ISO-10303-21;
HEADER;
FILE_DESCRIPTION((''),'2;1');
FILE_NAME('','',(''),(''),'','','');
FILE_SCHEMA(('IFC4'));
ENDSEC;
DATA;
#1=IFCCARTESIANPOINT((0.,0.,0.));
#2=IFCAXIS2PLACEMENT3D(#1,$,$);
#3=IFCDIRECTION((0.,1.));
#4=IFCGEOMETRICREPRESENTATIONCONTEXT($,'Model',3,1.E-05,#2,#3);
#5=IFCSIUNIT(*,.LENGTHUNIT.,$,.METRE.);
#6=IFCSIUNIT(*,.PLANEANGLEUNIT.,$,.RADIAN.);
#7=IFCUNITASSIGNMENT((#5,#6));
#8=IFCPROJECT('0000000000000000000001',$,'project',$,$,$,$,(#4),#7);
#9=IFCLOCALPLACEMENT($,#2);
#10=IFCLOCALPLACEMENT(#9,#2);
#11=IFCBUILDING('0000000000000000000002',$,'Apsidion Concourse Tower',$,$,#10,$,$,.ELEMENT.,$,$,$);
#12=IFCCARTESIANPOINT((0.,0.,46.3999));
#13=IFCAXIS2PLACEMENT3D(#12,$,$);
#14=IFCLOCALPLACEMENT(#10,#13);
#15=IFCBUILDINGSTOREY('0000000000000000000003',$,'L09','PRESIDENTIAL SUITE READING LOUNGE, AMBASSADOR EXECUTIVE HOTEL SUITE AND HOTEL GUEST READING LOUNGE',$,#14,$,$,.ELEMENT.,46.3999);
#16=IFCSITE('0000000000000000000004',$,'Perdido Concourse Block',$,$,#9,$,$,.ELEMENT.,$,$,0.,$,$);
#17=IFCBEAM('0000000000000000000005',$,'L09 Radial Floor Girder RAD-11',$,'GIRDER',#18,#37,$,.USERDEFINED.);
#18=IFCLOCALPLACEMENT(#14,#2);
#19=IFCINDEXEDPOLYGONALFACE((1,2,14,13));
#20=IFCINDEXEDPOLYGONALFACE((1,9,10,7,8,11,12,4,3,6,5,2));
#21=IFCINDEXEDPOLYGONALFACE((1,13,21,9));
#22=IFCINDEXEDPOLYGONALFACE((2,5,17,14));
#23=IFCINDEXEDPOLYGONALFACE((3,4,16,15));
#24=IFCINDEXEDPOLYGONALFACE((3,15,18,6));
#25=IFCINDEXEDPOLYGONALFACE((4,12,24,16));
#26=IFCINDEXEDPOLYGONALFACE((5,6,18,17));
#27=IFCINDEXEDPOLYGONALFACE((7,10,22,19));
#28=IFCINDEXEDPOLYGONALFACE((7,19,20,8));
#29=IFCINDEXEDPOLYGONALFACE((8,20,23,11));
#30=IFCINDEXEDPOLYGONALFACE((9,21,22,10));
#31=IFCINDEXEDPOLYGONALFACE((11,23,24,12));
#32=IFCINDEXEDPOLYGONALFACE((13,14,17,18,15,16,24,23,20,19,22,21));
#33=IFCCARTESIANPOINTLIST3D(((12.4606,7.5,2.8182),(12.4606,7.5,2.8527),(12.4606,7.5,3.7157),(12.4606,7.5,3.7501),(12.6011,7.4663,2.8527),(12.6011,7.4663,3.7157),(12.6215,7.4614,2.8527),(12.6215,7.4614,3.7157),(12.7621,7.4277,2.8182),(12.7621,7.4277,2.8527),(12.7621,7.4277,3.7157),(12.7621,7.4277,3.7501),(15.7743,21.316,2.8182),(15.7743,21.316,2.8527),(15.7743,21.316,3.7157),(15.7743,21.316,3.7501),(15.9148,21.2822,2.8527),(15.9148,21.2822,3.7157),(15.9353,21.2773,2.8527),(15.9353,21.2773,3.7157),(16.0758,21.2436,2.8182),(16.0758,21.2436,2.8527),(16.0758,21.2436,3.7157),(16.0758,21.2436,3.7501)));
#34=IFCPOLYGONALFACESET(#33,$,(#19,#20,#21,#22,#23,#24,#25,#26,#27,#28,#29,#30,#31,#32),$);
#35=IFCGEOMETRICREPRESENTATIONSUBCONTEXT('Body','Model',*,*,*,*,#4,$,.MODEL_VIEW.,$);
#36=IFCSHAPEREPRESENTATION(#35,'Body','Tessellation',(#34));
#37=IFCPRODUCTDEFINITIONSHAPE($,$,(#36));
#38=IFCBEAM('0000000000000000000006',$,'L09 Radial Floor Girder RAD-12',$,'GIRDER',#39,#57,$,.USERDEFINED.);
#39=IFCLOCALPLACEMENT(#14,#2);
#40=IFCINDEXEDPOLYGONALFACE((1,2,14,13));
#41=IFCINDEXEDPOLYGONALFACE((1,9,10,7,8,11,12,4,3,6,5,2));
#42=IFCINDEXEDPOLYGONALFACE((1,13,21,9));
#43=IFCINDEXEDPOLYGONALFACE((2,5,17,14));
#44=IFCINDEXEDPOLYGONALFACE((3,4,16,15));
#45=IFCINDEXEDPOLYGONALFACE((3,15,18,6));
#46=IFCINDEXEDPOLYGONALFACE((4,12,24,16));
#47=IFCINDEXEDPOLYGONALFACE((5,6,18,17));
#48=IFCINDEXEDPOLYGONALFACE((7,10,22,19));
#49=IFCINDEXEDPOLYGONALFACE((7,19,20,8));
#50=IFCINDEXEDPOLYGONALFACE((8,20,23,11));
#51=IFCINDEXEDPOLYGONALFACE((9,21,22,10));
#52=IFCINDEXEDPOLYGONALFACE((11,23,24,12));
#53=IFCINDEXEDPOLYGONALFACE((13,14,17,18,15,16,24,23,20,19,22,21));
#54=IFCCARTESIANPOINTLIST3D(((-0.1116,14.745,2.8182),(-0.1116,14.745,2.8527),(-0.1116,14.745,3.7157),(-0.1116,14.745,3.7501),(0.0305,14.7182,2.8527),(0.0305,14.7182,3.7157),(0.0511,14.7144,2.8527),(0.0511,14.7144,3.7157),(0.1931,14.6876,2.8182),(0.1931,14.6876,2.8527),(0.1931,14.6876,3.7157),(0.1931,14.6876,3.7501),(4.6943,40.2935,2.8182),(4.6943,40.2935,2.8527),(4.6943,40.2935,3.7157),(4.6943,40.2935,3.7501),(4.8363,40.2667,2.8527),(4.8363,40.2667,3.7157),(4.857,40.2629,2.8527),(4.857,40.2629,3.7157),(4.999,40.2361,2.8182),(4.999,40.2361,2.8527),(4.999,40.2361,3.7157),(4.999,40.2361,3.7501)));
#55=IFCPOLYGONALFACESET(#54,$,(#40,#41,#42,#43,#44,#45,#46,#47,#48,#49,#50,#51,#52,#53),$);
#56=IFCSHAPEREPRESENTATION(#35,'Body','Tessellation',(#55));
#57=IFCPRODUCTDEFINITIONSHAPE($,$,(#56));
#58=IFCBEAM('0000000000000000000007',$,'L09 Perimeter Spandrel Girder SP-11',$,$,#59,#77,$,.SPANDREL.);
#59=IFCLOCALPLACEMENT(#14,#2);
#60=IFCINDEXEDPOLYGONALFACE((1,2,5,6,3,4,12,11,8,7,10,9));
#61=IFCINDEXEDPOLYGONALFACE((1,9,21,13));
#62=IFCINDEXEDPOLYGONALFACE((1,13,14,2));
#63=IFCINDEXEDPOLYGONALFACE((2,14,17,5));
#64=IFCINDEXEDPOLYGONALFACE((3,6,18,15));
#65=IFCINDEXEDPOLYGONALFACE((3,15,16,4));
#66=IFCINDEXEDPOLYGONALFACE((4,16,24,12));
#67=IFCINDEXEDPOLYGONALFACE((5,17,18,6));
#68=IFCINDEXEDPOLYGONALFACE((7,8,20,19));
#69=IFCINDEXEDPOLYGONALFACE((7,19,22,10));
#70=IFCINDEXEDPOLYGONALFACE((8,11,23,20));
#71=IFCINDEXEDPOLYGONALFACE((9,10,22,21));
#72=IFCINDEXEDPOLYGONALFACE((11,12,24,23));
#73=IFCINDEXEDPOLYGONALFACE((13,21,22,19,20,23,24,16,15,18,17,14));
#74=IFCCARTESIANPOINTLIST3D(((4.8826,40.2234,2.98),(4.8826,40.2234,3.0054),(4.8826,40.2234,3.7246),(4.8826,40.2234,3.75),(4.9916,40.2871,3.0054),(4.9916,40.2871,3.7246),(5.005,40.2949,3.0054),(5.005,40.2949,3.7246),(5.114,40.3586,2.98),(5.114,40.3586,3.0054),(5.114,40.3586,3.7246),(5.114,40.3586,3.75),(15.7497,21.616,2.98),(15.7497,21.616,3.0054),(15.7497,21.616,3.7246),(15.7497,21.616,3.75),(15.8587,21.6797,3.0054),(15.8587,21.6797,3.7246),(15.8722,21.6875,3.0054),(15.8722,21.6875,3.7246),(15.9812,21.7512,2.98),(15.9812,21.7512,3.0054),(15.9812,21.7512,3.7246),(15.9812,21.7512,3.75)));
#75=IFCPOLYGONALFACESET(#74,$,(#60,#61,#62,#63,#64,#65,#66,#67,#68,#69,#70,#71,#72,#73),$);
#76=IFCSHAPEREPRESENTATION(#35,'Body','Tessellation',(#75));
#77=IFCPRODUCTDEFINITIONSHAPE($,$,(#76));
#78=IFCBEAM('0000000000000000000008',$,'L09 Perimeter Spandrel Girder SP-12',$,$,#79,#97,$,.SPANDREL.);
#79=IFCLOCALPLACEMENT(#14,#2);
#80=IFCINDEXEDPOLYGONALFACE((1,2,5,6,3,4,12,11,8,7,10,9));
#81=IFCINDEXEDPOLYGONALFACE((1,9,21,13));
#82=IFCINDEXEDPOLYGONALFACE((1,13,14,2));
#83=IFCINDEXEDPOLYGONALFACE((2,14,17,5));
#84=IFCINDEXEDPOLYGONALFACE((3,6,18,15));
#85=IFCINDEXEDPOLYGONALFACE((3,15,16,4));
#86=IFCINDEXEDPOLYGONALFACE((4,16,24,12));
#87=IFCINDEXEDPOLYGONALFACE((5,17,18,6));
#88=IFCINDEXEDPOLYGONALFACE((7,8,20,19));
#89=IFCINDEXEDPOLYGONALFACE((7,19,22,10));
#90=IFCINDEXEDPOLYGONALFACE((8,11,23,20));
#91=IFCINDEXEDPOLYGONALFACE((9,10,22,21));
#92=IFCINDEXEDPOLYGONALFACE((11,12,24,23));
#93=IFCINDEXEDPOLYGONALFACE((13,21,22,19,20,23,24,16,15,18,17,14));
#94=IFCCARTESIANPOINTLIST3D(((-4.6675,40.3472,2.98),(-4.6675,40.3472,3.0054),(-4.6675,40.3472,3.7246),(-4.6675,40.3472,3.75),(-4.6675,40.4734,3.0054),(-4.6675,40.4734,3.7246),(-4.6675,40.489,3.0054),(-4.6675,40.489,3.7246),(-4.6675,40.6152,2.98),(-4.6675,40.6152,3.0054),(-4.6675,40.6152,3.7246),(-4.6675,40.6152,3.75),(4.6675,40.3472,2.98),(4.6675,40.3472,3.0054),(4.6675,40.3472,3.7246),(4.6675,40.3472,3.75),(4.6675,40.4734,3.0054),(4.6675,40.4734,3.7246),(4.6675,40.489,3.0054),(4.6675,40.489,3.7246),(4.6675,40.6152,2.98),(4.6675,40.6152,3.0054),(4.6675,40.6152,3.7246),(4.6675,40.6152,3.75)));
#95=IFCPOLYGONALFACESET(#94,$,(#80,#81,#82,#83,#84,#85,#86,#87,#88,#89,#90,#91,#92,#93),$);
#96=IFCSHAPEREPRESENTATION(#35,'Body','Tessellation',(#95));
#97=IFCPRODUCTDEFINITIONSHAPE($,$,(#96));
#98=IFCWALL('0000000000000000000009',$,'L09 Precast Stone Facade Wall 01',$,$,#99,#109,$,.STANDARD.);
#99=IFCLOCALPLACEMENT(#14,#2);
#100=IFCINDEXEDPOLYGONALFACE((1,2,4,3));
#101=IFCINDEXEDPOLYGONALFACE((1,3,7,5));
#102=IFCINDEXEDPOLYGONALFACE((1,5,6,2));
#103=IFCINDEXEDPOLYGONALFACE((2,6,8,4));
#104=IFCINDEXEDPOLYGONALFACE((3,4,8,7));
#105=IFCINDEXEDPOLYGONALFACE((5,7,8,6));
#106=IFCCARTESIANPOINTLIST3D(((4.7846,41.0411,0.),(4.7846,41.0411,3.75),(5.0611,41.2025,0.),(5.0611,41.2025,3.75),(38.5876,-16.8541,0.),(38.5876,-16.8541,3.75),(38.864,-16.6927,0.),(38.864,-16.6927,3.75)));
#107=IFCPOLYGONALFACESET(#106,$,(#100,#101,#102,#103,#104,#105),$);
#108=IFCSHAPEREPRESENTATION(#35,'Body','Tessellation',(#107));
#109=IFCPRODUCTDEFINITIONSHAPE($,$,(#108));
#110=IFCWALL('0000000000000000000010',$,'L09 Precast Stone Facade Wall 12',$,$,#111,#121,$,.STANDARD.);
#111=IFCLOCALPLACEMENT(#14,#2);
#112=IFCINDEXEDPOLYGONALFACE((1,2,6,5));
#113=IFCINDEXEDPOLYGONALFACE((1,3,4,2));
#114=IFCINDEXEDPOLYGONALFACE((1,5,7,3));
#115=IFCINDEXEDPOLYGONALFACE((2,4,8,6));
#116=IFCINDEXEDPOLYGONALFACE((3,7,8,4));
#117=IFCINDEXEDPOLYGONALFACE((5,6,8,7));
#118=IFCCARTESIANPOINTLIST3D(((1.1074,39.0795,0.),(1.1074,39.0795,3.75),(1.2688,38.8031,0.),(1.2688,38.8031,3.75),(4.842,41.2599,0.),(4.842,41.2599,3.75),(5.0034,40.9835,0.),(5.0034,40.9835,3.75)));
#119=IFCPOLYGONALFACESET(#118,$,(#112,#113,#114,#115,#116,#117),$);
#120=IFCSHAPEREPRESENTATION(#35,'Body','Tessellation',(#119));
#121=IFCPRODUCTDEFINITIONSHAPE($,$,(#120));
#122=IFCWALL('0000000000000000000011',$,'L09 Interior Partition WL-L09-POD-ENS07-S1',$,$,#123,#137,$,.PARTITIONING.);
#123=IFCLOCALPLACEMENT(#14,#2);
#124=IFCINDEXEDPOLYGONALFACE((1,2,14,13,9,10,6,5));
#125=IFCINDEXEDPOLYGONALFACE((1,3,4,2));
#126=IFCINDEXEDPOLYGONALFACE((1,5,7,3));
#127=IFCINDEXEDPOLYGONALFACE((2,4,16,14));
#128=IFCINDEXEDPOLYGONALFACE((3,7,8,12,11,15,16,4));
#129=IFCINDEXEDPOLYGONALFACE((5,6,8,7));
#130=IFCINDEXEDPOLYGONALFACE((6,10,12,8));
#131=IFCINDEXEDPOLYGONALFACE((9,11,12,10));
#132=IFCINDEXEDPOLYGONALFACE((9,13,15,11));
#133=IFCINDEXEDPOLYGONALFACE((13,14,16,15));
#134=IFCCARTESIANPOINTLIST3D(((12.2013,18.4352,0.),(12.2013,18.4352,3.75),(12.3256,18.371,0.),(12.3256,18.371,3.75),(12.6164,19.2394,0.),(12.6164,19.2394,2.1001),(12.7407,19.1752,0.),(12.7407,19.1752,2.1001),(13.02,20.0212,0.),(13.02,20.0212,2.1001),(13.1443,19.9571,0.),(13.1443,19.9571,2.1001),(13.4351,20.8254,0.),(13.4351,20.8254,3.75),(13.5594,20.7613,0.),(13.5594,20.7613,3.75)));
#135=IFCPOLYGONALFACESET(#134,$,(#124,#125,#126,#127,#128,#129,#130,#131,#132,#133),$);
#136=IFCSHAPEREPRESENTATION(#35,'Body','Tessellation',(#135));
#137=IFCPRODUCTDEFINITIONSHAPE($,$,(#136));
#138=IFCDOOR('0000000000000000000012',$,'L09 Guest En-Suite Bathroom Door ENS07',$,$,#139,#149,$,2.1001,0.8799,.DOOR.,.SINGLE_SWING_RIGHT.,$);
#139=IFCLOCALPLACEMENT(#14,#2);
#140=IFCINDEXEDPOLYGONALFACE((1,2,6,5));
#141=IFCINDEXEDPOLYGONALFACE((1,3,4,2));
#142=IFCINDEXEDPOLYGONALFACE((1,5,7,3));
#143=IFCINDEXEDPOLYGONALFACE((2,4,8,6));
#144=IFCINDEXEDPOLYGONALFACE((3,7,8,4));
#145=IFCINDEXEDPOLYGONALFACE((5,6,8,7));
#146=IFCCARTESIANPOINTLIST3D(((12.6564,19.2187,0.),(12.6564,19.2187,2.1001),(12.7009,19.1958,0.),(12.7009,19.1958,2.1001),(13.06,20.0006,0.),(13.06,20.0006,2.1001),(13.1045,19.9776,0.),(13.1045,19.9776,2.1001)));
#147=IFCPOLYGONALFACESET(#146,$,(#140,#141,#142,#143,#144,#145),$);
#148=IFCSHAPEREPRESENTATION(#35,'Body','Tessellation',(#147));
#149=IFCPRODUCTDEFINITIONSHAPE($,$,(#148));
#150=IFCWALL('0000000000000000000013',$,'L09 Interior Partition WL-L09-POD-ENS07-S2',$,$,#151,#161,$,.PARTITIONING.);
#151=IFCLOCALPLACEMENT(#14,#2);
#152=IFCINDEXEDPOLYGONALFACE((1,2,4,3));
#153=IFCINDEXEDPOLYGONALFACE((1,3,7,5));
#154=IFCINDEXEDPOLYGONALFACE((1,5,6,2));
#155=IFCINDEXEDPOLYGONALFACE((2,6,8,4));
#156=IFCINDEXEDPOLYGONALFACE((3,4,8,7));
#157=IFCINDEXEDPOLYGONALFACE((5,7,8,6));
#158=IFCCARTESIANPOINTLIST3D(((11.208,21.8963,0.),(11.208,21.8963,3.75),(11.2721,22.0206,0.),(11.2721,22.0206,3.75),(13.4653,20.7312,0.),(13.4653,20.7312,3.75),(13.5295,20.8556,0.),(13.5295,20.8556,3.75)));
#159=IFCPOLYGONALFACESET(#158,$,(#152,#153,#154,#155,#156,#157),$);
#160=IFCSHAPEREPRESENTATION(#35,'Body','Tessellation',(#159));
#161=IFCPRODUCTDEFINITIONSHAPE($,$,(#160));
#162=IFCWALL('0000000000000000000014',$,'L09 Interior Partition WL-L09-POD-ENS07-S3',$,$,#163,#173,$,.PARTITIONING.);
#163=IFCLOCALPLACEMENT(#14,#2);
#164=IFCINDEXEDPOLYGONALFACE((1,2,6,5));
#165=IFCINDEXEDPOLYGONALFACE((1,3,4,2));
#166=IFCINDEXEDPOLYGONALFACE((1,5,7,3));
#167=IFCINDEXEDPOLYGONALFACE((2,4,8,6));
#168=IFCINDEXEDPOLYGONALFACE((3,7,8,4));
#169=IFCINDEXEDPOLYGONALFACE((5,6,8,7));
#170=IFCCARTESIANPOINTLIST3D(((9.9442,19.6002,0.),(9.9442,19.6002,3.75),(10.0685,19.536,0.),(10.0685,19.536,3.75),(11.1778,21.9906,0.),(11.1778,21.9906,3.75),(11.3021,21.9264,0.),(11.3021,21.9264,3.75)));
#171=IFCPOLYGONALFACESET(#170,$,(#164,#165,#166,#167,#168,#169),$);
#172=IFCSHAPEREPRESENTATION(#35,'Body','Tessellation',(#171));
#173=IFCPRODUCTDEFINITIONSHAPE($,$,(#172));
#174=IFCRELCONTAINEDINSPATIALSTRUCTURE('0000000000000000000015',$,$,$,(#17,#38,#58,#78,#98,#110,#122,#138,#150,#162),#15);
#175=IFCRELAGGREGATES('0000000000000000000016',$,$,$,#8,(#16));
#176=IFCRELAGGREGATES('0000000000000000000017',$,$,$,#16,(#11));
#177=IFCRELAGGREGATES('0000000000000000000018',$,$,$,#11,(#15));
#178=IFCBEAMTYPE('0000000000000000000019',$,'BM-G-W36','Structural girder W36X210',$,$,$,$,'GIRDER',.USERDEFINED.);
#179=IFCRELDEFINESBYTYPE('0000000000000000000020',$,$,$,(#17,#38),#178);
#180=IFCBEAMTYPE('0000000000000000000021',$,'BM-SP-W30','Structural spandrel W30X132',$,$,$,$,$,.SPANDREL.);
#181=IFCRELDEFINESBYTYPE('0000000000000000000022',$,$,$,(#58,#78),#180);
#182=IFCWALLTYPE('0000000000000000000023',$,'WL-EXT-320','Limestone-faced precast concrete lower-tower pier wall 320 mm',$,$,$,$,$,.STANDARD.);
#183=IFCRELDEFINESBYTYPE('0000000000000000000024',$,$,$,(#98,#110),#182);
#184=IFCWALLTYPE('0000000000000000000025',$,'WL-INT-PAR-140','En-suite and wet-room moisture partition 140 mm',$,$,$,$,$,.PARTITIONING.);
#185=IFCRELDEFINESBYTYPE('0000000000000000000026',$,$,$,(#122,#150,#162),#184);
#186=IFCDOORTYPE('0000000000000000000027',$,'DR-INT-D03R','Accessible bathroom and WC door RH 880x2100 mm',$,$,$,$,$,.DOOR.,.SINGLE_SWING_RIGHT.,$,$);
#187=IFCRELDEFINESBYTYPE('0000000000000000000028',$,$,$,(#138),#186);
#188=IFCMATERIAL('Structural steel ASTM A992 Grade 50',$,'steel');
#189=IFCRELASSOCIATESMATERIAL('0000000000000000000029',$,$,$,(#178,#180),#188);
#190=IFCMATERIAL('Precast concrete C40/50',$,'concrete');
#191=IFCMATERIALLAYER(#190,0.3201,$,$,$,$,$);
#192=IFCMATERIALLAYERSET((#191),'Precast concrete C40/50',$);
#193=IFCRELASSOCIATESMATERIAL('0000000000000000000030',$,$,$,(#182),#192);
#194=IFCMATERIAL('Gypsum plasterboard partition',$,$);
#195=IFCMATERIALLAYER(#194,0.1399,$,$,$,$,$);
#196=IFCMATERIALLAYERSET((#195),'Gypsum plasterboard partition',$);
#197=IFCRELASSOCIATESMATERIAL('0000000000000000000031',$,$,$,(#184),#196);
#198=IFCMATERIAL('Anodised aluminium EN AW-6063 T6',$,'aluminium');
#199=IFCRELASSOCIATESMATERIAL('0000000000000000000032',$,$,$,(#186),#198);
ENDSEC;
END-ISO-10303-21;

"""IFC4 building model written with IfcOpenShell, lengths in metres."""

from ifc_helpers import new_model, si_unit, direction, frame, frame_2d, origin, origin_2d, place, context, subcontext, project, spatial, rectangle, i_section, extrude, material, layer, layer_set, material_profile, profile_set, type_object, element, fill, save


model = new_model("IFC4")

# Units and contexts
model_context = context("Model", 3, precision=1e-05, world=origin(), true_north=direction((0.0, 1.0)))
body_context = subcontext(model_context, "Body", "Model", "MODEL_VIEW")
ifc_project = project(units=[si_unit("LENGTHUNIT", "METRE"), si_unit("PLANEANGLEUNIT", "RADIAN")], contexts=[model_context])

# Site, building, storey
site_placement = place(None, origin())
site = spatial("IfcSite", under=ifc_project, at=site_placement, Name="Perdido Concourse Block", CompositionType="ELEMENT", RefElevation=0.0)
building_placement = place(site_placement, origin())
building = spatial("IfcBuilding", under=site, at=building_placement, Name="Apsidion Concourse Tower", CompositionType="ELEMENT")
storey_placement = place(building_placement, frame((0.0, 0.0, 46.3999)))
storey = spatial("IfcBuildingStorey", under=building, at=storey_placement, Name="L09", Description="PRESIDENTIAL SUITE READING LOUNGE, AMBASSADOR EXECUTIVE HOTEL SUITE AND HOTEL GUEST READING LOUNGE", CompositionType="ELEMENT", Elevation=46.3999)

# Beams
ifc_material_1 = material(Name="Structural steel ASTM A992 Grade 50", Category="steel")
ifc_material_profile_1 = material_profile(ifc_material_1, i_section(OverallWidth=0.3101, OverallDepth=0.9319, WebThickness=0.021, FlangeThickness=0.0344, at=origin_2d()), Name="W36X210")
ifc_profile_set_1 = profile_set([ifc_material_profile_1], Name="Structural steel ASTM A992 Grade 50")
beam_type_1 = type_object("IfcBeamType", Name="BM-G-W36", Description="Structural girder W36X210", ElementType="GIRDER", PredefinedType="USERDEFINED", material=ifc_profile_set_1)
beam_1_placement = place(storey_placement, frame((12.6113, 7.4639, 3.2842), z_axis=(0.233233, 0.972421, 0.0), x_axis=(-0.972421, 0.233233, 0.0)))
element("IfcBeam", 1, at=beam_1_placement, inside=storey, type_object=beam_type_1, Name="L09 Radial Floor Girder RAD-11", ObjectType="GIRDER", PredefinedType="USERDEFINED", context=body_context, shape_type="SweptSolid", body=[
    extrude(i_section(OverallWidth=0.3101, OverallDepth=0.9319, WebThickness=0.021, FlangeThickness=0.0344, at=origin_2d()), origin(), (0.0, 0.0, 1.0), 14.2078),
])
beam_2_placement = place(storey_placement, frame((0.0408, 14.7163, 3.2842), z_axis=(0.184866, 0.982764, 0.0), x_axis=(-0.982764, 0.184866, 0.0)))
element("IfcBeam", 2, at=beam_2_placement, inside=storey, type_object=beam_type_1, Name="L09 Radial Floor Girder RAD-12", ObjectType="GIRDER", PredefinedType="USERDEFINED", context=body_context, shape_type="SweptSolid", body=[
    extrude(i_section(OverallWidth=0.3101, OverallDepth=0.9319, WebThickness=0.021, FlangeThickness=0.0344, at=origin_2d()), origin(), (0.0, 0.0, 1.0), 25.9966),
])
ifc_material_profile_2 = material_profile(ifc_material_1, i_section(OverallWidth=0.2681, OverallDepth=0.77, WebThickness=0.0156, FlangeThickness=0.0254, at=origin_2d()), Name="W30X132")
ifc_profile_set_2 = profile_set([ifc_material_profile_2], Name="Structural steel ASTM A992 Grade 50")
beam_type_2 = type_object("IfcBeamType", Name="BM-SP-W30", Description="Structural spandrel W30X132", PredefinedType="SPANDREL", material=ifc_profile_set_2)
beam_3_placement = place(storey_placement, frame((15.8655, 21.6836, 3.365), z_axis=(-0.504316, 0.863519, 0.0), x_axis=(-0.863519, -0.504316, 0.0)))
element("IfcBeam", 3, at=beam_3_placement, inside=storey, type_object=beam_type_2, Name="L09 Perimeter Spandrel Girder SP-11", PredefinedType="SPANDREL", context=body_context, shape_type="SweptSolid", body=[
    extrude(i_section(OverallWidth=0.2681, OverallDepth=0.77, WebThickness=0.0156, FlangeThickness=0.0254, at=origin_2d()), origin(), (0.0, 0.0, 1.0), 21.5483),
])
beam_4_placement = place(storey_placement, frame((4.6675, 40.4812, 3.365), z_axis=(-1.0, 0.0, 0.0), x_axis=(0.0, -1.0, 0.0)))
element("IfcBeam", 4, at=beam_4_placement, inside=storey, type_object=beam_type_2, Name="L09 Perimeter Spandrel Girder SP-12", PredefinedType="SPANDREL", context=body_context, shape_type="SweptSolid", body=[
    extrude(i_section(OverallWidth=0.2681, OverallDepth=0.77, WebThickness=0.0156, FlangeThickness=0.0254, at=origin_2d()), origin(), (0.0, 0.0, 1.0), 9.335),
])

# Walls
ifc_material_2 = material(Name="Precast concrete C40/50", Category="concrete")
ifc_layer_1 = layer(ifc_material_2, 0.3201)
ifc_layer_set_1 = layer_set([ifc_layer_1], Name="Precast concrete C40/50")
wall_type_1 = type_object("IfcWallType", Name="WL-EXT-320", Description="Limestone-faced precast concrete lower-tower pier wall 320 mm", PredefinedType="STANDARD", material=ifc_layer_set_1)
wall_1_placement = place(storey_placement, frame((4.9229, 41.1218, 0.0), z_axis=(0.0, 0.0, 1.0), x_axis=(0.504213, -0.863579, 0.0)))
element("IfcWall", 5, at=wall_1_placement, inside=storey, type_object=wall_type_1, Name="L09 Precast Stone Facade Wall 01", PredefinedType="STANDARD", context=body_context, shape_type="SweptSolid", body=[
    extrude(rectangle(XDim=67.041, YDim=0.3201, at=frame_2d((33.5205, 0.0))), origin(), (0.0, 0.0, 1.0), 3.75),
])
wall_2_placement = place(storey_placement, frame((1.1882, 38.9414, 0.0), z_axis=(0.0, 0.0, 1.0), x_axis=(0.863588, 0.504197, 0.0)))
element("IfcWall", 6, at=wall_2_placement, inside=storey, type_object=wall_type_1, Name="L09 Precast Stone Facade Wall 12", PredefinedType="STANDARD", context=body_context, shape_type="SweptSolid", body=[
    extrude(rectangle(XDim=4.3245, YDim=0.3201, at=frame_2d((2.1621, 0.0))), origin(), (0.0, 0.0, 1.0), 3.75),
])

# Wall, opening, door
ifc_material_3 = material(Name="Gypsum plasterboard partition")
ifc_layer_2 = layer(ifc_material_3, 0.1399)
ifc_layer_set_2 = layer_set([ifc_layer_2], Name="Gypsum plasterboard partition")
wall_type_2 = type_object("IfcWallType", Name="WL-INT-PAR-140", Description="En-suite and wet-room moisture partition 140 mm", PredefinedType="PARTITIONING", material=ifc_layer_set_2)
wall_3_placement = place(storey_placement, frame((12.2634, 18.4031, 0.0), z_axis=(0.0, 0.0, 1.0), x_axis=(0.458685, 0.888599, 0.0)))
wall_3 = element("IfcWall", 7, at=wall_3_placement, inside=storey, type_object=wall_type_2, Name="L09 Interior Partition WL-L09-POD-ENS07-S1", PredefinedType="PARTITIONING", context=body_context, shape_type="SweptSolid", body=[
    extrude(rectangle(XDim=2.6899, YDim=0.1399, at=frame_2d((1.345, 0.0))), origin(), (0.0, 0.0, 1.0), 3.75),
])
opening_1_placement = place(wall_3_placement, frame((0.905, 0.0, 0.0)))
opening_1 = element("IfcOpeningElement", 8, at=opening_1_placement, cuts=wall_3, PredefinedType="OPENING", context=body_context, shape_type="SweptSolid", body=[
    extrude(rectangle(XDim=0.8799, YDim=2.1001, at=frame_2d((0.4399, 1.05))), frame((0.0, 0.0801, 0.0), z_axis=(0.0, -1.0, 0.0), x_axis=(1.0, 0.0, 0.0)), (0.0, 0.0, 1.0), 0.1599),
])
ifc_material_4 = material(Name="Anodised aluminium EN AW-6063 T6", Category="aluminium")
door_type_1 = type_object("IfcDoorType", Name="DR-INT-D03R", Description="Accessible bathroom and WC door RH 880x2100 mm", OperationType="SINGLE_SWING_RIGHT", PredefinedType="DOOR", material=ifc_material_4)
door_1_placement = place(opening_1_placement, origin())
door_1 = element("IfcDoor", 9, at=door_1_placement, inside=storey, type_object=door_type_1, Name="L09 Guest En-Suite Bathroom Door ENS07", OperationType="SINGLE_SWING_RIGHT", OverallHeight=2.1001, OverallWidth=0.8799, PredefinedType="DOOR", context=body_context, shape_type="SweptSolid", body=[
    extrude(rectangle(XDim=0.8799, YDim=2.1001, at=frame_2d((0.4399, 1.05))), frame((0.0, 0.0249, 0.0), z_axis=(0.0, -1.0, 0.0), x_axis=(1.0, 0.0, 0.0)), (0.0, 0.0, 1.0), 0.05),
])
fill(opening_1, door_1)

# Walls
wall_4_placement = place(storey_placement, frame((13.4973, 20.7935, 0.0), z_axis=(0.0, 0.0, 1.0), x_axis=(-0.888626, 0.458633, 0.0)))
element("IfcWall", 10, at=wall_4_placement, inside=storey, type_object=wall_type_2, Name="L09 Interior Partition WL-L09-POD-ENS07-S2", PredefinedType="PARTITIONING", context=body_context, shape_type="SweptSolid", body=[
    extrude(rectangle(XDim=2.5403, YDim=0.1399, at=frame_2d((1.27, 0.0))), origin(), (0.0, 0.0, 1.0), 3.75),
])
wall_5_placement = place(storey_placement, frame((11.24, 21.9585, 0.0), z_axis=(0.0, 0.0, 1.0), x_axis=(-0.458613, -0.888636, 0.0)))
element("IfcWall", 11, at=wall_5_placement, inside=storey, type_object=wall_type_2, Name="L09 Interior Partition WL-L09-POD-ENS07-S3", PredefinedType="PARTITIONING", context=body_context, shape_type="SweptSolid", body=[
    extrude(rectangle(XDim=2.6899, YDim=0.1399, at=frame_2d((1.345, 0.0))), origin(), (0.0, 0.0, 1.0), 3.75),
])

save(model, "model.ifc")
